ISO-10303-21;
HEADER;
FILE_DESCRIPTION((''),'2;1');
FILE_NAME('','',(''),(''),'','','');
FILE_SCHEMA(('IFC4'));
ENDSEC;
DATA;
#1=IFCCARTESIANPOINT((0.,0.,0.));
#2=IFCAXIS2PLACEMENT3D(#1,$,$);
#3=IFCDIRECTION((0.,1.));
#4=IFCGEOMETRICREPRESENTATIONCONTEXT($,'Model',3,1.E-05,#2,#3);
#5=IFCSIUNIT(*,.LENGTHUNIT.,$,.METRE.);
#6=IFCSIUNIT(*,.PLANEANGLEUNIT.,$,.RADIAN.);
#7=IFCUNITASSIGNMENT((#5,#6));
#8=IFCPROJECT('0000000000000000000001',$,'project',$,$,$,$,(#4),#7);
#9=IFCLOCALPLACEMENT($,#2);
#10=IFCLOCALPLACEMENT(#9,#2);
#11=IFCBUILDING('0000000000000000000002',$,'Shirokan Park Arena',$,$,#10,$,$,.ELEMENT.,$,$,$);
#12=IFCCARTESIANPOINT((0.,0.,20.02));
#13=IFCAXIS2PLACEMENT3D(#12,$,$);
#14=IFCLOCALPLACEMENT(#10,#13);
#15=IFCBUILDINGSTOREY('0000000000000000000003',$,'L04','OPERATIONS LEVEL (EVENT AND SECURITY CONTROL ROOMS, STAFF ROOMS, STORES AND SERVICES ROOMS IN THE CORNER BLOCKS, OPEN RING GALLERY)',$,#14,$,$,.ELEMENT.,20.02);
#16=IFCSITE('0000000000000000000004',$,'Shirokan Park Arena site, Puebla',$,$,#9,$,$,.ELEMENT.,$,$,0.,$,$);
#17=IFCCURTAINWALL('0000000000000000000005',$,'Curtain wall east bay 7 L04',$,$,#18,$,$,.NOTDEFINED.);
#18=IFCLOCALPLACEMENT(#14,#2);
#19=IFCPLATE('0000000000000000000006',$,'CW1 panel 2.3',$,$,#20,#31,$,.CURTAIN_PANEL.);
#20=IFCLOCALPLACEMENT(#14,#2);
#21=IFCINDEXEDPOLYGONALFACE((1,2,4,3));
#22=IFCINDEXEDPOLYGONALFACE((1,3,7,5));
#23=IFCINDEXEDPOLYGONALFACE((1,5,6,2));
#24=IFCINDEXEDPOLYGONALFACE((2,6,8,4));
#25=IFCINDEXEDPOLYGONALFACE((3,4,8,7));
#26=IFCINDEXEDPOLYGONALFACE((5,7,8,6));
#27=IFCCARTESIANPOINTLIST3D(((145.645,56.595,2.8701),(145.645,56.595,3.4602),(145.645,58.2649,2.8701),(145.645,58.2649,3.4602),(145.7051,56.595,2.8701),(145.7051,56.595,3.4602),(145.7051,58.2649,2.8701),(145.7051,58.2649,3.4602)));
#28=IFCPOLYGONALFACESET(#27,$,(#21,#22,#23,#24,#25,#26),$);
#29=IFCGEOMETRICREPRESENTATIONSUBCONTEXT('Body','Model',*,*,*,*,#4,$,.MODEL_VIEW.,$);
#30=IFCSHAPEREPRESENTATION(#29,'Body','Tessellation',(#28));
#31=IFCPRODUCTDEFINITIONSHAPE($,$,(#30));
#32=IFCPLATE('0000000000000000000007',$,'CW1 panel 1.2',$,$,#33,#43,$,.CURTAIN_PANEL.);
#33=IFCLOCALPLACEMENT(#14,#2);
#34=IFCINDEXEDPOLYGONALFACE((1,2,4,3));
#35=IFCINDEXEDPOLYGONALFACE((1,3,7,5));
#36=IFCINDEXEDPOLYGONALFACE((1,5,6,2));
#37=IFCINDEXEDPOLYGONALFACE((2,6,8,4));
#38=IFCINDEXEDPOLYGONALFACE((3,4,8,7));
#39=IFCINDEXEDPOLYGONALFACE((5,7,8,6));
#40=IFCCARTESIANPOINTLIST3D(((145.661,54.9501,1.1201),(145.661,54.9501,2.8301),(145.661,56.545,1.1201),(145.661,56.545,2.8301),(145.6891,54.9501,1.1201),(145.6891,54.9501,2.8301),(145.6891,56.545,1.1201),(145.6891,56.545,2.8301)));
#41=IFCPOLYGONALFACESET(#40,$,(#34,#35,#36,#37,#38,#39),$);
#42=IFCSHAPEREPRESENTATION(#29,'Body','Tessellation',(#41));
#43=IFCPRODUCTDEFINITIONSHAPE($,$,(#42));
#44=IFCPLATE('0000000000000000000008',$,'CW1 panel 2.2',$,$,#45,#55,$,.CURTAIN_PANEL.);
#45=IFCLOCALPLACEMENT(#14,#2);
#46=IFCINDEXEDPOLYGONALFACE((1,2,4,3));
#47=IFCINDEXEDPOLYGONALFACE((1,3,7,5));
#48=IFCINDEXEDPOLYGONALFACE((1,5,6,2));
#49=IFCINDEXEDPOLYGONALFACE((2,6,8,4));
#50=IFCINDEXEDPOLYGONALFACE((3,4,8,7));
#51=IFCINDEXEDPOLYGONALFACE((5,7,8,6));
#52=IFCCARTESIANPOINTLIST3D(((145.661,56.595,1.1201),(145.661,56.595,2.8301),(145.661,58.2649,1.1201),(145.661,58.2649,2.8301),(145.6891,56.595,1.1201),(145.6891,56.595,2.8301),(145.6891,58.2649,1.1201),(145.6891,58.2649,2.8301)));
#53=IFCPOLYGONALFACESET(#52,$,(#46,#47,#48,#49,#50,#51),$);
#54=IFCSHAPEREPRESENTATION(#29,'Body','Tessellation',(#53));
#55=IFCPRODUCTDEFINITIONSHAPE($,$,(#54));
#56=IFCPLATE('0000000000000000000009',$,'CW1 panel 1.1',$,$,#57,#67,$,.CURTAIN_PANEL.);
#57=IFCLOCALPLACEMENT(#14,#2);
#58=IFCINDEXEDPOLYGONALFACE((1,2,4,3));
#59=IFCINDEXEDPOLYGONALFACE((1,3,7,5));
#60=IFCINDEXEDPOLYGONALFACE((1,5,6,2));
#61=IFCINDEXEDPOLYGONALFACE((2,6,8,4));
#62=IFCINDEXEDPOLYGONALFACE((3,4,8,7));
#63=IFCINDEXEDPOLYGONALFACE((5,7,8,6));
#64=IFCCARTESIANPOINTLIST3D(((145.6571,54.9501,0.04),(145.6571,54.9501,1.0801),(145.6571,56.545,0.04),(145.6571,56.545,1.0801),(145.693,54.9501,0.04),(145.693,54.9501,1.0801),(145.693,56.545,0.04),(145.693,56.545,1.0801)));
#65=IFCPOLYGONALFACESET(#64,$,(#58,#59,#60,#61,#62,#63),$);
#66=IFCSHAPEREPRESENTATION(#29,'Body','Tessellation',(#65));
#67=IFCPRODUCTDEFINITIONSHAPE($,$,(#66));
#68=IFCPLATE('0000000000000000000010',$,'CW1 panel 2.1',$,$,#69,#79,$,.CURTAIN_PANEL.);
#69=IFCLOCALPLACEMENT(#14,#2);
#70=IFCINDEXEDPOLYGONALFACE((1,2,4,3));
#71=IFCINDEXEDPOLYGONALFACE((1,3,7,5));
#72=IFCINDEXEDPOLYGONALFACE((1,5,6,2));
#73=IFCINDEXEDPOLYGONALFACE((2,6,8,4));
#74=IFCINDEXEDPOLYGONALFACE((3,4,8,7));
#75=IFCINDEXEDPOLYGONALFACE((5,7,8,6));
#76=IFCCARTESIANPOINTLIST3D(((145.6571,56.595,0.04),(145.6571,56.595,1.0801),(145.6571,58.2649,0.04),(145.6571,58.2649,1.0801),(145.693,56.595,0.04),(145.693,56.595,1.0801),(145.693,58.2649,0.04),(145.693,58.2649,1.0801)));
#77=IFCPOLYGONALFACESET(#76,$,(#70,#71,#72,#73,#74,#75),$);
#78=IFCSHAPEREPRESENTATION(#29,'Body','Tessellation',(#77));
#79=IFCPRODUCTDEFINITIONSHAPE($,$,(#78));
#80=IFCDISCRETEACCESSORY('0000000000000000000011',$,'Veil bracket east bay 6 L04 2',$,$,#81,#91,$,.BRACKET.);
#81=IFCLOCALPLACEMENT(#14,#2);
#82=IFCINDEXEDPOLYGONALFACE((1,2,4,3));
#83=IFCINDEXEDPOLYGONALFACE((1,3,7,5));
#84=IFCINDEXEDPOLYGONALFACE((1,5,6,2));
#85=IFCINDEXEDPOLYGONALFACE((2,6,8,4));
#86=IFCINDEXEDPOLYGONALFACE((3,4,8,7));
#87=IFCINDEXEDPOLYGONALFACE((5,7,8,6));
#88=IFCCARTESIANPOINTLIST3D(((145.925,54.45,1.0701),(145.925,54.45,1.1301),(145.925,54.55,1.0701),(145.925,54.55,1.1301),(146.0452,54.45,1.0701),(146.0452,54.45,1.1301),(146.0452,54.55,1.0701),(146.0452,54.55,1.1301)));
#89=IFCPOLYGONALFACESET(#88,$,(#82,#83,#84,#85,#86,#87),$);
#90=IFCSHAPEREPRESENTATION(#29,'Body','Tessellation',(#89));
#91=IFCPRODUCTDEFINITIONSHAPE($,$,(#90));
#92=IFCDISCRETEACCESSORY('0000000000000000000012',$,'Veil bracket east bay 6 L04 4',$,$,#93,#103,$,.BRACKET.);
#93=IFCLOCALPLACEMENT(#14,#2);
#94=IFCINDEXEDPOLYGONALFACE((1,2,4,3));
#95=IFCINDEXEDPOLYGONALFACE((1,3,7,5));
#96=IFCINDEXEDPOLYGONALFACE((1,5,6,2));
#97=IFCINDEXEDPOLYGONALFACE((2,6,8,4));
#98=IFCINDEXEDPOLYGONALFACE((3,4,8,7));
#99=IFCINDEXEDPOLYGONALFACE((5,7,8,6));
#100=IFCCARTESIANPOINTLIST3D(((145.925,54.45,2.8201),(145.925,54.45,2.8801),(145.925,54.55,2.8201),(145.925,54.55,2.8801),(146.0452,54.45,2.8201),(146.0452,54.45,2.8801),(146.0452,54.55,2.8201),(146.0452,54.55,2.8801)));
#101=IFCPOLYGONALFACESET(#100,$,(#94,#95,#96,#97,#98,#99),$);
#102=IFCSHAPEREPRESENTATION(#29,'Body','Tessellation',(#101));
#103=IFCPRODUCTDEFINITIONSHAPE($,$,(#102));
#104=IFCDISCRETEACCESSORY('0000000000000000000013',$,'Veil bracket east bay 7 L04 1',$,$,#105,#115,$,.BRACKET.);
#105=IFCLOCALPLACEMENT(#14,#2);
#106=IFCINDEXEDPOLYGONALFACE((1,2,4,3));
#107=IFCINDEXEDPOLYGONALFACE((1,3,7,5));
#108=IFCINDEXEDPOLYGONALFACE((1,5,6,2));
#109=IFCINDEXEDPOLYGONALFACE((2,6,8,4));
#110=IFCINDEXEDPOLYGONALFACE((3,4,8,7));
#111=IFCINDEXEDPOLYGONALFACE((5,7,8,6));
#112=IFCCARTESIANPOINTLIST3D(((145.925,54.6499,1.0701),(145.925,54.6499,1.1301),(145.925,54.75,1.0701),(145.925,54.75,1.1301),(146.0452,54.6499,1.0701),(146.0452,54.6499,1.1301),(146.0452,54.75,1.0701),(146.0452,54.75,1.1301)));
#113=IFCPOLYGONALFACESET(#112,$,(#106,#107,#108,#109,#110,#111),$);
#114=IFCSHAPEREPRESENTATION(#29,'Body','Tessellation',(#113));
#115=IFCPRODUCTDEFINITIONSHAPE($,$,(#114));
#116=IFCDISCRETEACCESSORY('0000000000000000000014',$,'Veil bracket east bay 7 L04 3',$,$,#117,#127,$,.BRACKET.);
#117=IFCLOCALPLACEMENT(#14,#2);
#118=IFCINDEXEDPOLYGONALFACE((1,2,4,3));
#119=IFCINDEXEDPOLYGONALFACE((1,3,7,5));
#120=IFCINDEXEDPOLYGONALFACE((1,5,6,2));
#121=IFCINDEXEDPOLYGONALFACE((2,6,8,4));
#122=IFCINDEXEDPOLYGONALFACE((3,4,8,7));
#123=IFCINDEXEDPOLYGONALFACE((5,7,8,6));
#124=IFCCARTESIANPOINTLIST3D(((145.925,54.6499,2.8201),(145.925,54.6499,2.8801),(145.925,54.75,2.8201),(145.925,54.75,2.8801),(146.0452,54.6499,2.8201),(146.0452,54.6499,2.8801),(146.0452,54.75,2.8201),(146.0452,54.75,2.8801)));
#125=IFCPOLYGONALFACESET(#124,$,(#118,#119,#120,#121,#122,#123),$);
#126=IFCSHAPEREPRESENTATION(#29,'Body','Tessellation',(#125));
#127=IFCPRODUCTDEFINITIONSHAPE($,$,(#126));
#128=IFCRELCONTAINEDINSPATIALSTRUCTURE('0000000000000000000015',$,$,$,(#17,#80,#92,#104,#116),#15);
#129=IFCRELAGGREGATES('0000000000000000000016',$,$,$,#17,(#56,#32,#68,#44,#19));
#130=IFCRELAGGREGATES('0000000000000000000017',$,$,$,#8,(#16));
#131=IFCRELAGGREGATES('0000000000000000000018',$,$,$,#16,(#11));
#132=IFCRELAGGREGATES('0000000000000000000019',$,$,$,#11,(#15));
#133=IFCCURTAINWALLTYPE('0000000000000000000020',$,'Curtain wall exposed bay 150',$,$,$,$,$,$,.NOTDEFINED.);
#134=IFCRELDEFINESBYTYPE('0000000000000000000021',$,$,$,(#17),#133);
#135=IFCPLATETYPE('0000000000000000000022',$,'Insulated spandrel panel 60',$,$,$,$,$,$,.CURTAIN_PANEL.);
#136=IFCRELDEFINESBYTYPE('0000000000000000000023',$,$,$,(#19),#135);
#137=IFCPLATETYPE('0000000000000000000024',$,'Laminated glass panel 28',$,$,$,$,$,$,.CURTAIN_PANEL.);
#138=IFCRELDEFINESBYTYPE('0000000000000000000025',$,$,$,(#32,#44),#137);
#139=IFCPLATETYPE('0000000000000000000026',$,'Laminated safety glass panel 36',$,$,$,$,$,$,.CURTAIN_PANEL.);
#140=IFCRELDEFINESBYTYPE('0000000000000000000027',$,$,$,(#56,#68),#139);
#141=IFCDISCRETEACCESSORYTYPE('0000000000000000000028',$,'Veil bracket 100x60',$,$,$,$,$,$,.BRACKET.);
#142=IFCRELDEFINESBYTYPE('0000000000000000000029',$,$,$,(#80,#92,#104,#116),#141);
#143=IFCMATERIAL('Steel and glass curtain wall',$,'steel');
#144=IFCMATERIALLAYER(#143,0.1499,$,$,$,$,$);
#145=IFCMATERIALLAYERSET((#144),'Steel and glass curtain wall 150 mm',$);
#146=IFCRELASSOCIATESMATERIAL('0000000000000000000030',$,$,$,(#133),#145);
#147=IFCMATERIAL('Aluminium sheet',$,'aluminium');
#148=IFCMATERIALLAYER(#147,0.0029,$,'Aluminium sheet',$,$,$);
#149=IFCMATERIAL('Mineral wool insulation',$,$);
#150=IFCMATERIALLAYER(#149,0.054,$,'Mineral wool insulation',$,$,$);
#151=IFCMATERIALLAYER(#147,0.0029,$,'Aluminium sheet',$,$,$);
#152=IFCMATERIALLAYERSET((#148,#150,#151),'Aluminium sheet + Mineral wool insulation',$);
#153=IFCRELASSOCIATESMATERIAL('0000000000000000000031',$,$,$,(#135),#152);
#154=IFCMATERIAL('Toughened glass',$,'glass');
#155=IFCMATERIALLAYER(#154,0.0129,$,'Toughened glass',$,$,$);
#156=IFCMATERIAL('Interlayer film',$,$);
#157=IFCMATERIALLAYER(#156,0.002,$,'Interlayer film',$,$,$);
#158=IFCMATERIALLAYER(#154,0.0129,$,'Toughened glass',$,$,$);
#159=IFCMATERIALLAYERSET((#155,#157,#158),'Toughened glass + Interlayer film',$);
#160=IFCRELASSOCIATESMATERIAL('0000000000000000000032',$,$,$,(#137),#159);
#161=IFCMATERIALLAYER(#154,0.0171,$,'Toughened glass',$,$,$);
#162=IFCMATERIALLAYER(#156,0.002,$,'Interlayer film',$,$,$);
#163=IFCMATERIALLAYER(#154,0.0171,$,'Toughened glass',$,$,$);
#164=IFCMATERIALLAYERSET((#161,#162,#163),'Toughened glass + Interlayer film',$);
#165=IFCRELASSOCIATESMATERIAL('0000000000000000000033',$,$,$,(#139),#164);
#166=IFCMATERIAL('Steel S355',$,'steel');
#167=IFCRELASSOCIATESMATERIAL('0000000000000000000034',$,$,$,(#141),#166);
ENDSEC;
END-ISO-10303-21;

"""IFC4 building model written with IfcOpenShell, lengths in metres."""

from ifc_helpers import new_model, si_unit, direction, frame, origin, origin_2d, place, context, subcontext, project, spatial, rectangle, extrude, material, layer, layer_set, type_object, element, aggregate, save


model = new_model("IFC4")

# Units and contexts
model_context = context("Model", 3, precision=1e-05, world=origin(), true_north=direction((0.0, 1.0)))
body_context = subcontext(model_context, "Body", "Model", "MODEL_VIEW")
ifc_project = project(units=[si_unit("LENGTHUNIT", "METRE"), si_unit("PLANEANGLEUNIT", "RADIAN")], contexts=[model_context])

# Site, building, storey
site_placement = place(None, origin())
site = spatial("IfcSite", under=ifc_project, at=site_placement, Name="Shirokan Park Arena site, Puebla", CompositionType="ELEMENT", RefElevation=0.0)
building_placement = place(site_placement, origin())
building = spatial("IfcBuilding", under=site, at=building_placement, Name="Shirokan Park Arena", CompositionType="ELEMENT")
storey_placement = place(building_placement, frame((0.0, 0.0, 20.02)))
storey = spatial("IfcBuildingStorey", under=building, at=storey_placement, Name="L04", Description="OPERATIONS LEVEL (EVENT AND SECURITY CONTROL ROOMS, STAFF ROOMS, STORES AND SERVICES ROOMS IN THE CORNER BLOCKS, OPEN RING GALLERY)", CompositionType="ELEMENT", Elevation=20.02)

# Curtain wall, plates
ifc_material_1 = material(Name="Steel and glass curtain wall", Category="steel")
ifc_layer_1 = layer(ifc_material_1, 0.1499)
ifc_layer_set_1 = layer_set([ifc_layer_1], Name="Steel and glass curtain wall 150 mm")
curtain_wall_type = type_object("IfcCurtainWallType", Name="Curtain wall exposed bay 150", PredefinedType="NOTDEFINED", material=ifc_layer_set_1)
curtain_wall_placement = place(storey_placement, origin())
curtain_wall = element("IfcCurtainWall", 1, at=curtain_wall_placement, inside=storey, type_object=curtain_wall_type, Name="Curtain wall east bay 7 L04", PredefinedType="NOTDEFINED")
ifc_material_2 = material(Name="Steel S355", Category="steel")
ifc_material_3 = material(Name="Aluminium sheet", Category="aluminium")
ifc_layer_2 = layer(ifc_material_3, 0.0029, Name="Aluminium sheet")
ifc_material_4 = material(Name="Mineral wool insulation")
ifc_layer_3 = layer(ifc_material_4, 0.054, Name="Mineral wool insulation")
ifc_layer_4 = layer(ifc_material_3, 0.0029, Name="Aluminium sheet")
ifc_layer_set_2 = layer_set([ifc_layer_2, ifc_layer_3, ifc_layer_4], Name="Aluminium sheet + Mineral wool insulation")
plate_type_1 = type_object("IfcPlateType", Name="Insulated spandrel panel 60", PredefinedType="CURTAIN_PANEL", material=ifc_layer_set_2)
plate_1_placement = place(storey_placement, frame((145.675, 57.4299, 2.8701), z_axis=(0.0, 0.0, 1.0), x_axis=(0.0, 1.0, 0.0)))
plate_1 = element("IfcPlate", 2, at=plate_1_placement, type_object=plate_type_1, Name="CW1 panel 2.3", PredefinedType="CURTAIN_PANEL", context=body_context, shape_type="SweptSolid", body=[
    extrude(rectangle(XDim=1.6699, YDim=0.0601, at=origin_2d()), origin(), (0.0, 0.0, 1.0), 0.5901),
])
ifc_material_5 = material(Name="Toughened glass", Category="glass")
ifc_layer_5 = layer(ifc_material_5, 0.0129, Name="Toughened glass")
ifc_material_6 = material(Name="Interlayer film")
ifc_layer_6 = layer(ifc_material_6, 0.002, Name="Interlayer film")
ifc_layer_7 = layer(ifc_material_5, 0.0129, Name="Toughened glass")
ifc_layer_set_3 = layer_set([ifc_layer_5, ifc_layer_6, ifc_layer_7], Name="Toughened glass + Interlayer film")
plate_type_2 = type_object("IfcPlateType", Name="Laminated glass panel 28", PredefinedType="CURTAIN_PANEL", material=ifc_layer_set_3)
plate_2_placement = place(storey_placement, frame((145.675, 55.7476, 1.1201), z_axis=(0.0, 0.0, 1.0), x_axis=(0.0, 1.0, 0.0)))
plate_2 = element("IfcPlate", 3, at=plate_2_placement, type_object=plate_type_2, Name="CW1 panel 1.2", PredefinedType="CURTAIN_PANEL", context=body_context, shape_type="SweptSolid", body=[
    extrude(rectangle(XDim=1.595, YDim=0.0281, at=origin_2d()), origin(), (0.0, 0.0, 1.0), 1.71),
])
plate_3_placement = place(storey_placement, frame((145.675, 57.4299, 1.1201), z_axis=(0.0, 0.0, 1.0), x_axis=(0.0, 1.0, 0.0)))
plate_3 = element("IfcPlate", 4, at=plate_3_placement, type_object=plate_type_2, Name="CW1 panel 2.2", PredefinedType="CURTAIN_PANEL", context=body_context, shape_type="SweptSolid", body=[
    extrude(rectangle(XDim=1.6699, YDim=0.0281, at=origin_2d()), origin(), (0.0, 0.0, 1.0), 1.71),
])
ifc_layer_8 = layer(ifc_material_5, 0.0171, Name="Toughened glass")
ifc_layer_9 = layer(ifc_material_6, 0.002, Name="Interlayer film")
ifc_layer_10 = layer(ifc_material_5, 0.0171, Name="Toughened glass")
ifc_layer_set_4 = layer_set([ifc_layer_8, ifc_layer_9, ifc_layer_10], Name="Toughened glass + Interlayer film")
plate_type_3 = type_object("IfcPlateType", Name="Laminated safety glass panel 36", PredefinedType="CURTAIN_PANEL", material=ifc_layer_set_4)
plate_4_placement = place(storey_placement, frame((145.675, 55.7476, 0.04), z_axis=(0.0, 0.0, 1.0), x_axis=(0.0, 1.0, 0.0)))
plate_4 = element("IfcPlate", 5, at=plate_4_placement, type_object=plate_type_3, Name="CW1 panel 1.1", PredefinedType="CURTAIN_PANEL", context=body_context, shape_type="SweptSolid", body=[
    extrude(rectangle(XDim=1.595, YDim=0.0359, at=origin_2d()), origin(), (0.0, 0.0, 1.0), 1.04),
])
plate_5_placement = place(storey_placement, frame((145.675, 57.4299, 0.04), z_axis=(0.0, 0.0, 1.0), x_axis=(0.0, 1.0, 0.0)))
plate_5 = element("IfcPlate", 6, at=plate_5_placement, type_object=plate_type_3, Name="CW1 panel 2.1", PredefinedType="CURTAIN_PANEL", context=body_context, shape_type="SweptSolid", body=[
    extrude(rectangle(XDim=1.6699, YDim=0.0359, at=origin_2d()), origin(), (0.0, 0.0, 1.0), 1.04),
])
aggregate(curtain_wall, [plate_4, plate_2, plate_5, plate_3, plate_1])

# Discrete accessories
discrete_accessory_type = type_object("IfcDiscreteAccessoryType", Name="Veil bracket 100x60", PredefinedType="BRACKET", material=ifc_material_2)
for number, where, z_axis, x_axis, name in (
    (7, (145.9851, 54.5, 1.0701), (0.0, 0.0, 1.0), (0.0, 1.0, 0.0), "Veil bracket east bay 6 L04 2"),
    (8, (145.9851, 54.5, 2.8201), (0.0, 0.0, 1.0), (0.0, 1.0, 0.0), "Veil bracket east bay 6 L04 4"),
    (9, (145.9851, 54.7, 1.0701), (0.0, 0.0, 1.0), (0.0, 1.0, 0.0), "Veil bracket east bay 7 L04 1"),
    (10, (145.9851, 54.7, 2.8201), (0.0, 0.0, 1.0), (0.0, 1.0, 0.0), "Veil bracket east bay 7 L04 3"),
):
    element("IfcDiscreteAccessory", number, at=place(storey_placement, frame(where, z_axis=z_axis, x_axis=x_axis)), inside=storey, type_object=discrete_accessory_type, Name=name, PredefinedType="BRACKET", context=body_context, shape_type="SweptSolid", body=[
        extrude(rectangle(XDim=0.1001, YDim=0.1201, at=origin_2d()), origin(), (0.0, 0.0, 1.0), 0.0601),
    ])

save(model, "model.ifc")
